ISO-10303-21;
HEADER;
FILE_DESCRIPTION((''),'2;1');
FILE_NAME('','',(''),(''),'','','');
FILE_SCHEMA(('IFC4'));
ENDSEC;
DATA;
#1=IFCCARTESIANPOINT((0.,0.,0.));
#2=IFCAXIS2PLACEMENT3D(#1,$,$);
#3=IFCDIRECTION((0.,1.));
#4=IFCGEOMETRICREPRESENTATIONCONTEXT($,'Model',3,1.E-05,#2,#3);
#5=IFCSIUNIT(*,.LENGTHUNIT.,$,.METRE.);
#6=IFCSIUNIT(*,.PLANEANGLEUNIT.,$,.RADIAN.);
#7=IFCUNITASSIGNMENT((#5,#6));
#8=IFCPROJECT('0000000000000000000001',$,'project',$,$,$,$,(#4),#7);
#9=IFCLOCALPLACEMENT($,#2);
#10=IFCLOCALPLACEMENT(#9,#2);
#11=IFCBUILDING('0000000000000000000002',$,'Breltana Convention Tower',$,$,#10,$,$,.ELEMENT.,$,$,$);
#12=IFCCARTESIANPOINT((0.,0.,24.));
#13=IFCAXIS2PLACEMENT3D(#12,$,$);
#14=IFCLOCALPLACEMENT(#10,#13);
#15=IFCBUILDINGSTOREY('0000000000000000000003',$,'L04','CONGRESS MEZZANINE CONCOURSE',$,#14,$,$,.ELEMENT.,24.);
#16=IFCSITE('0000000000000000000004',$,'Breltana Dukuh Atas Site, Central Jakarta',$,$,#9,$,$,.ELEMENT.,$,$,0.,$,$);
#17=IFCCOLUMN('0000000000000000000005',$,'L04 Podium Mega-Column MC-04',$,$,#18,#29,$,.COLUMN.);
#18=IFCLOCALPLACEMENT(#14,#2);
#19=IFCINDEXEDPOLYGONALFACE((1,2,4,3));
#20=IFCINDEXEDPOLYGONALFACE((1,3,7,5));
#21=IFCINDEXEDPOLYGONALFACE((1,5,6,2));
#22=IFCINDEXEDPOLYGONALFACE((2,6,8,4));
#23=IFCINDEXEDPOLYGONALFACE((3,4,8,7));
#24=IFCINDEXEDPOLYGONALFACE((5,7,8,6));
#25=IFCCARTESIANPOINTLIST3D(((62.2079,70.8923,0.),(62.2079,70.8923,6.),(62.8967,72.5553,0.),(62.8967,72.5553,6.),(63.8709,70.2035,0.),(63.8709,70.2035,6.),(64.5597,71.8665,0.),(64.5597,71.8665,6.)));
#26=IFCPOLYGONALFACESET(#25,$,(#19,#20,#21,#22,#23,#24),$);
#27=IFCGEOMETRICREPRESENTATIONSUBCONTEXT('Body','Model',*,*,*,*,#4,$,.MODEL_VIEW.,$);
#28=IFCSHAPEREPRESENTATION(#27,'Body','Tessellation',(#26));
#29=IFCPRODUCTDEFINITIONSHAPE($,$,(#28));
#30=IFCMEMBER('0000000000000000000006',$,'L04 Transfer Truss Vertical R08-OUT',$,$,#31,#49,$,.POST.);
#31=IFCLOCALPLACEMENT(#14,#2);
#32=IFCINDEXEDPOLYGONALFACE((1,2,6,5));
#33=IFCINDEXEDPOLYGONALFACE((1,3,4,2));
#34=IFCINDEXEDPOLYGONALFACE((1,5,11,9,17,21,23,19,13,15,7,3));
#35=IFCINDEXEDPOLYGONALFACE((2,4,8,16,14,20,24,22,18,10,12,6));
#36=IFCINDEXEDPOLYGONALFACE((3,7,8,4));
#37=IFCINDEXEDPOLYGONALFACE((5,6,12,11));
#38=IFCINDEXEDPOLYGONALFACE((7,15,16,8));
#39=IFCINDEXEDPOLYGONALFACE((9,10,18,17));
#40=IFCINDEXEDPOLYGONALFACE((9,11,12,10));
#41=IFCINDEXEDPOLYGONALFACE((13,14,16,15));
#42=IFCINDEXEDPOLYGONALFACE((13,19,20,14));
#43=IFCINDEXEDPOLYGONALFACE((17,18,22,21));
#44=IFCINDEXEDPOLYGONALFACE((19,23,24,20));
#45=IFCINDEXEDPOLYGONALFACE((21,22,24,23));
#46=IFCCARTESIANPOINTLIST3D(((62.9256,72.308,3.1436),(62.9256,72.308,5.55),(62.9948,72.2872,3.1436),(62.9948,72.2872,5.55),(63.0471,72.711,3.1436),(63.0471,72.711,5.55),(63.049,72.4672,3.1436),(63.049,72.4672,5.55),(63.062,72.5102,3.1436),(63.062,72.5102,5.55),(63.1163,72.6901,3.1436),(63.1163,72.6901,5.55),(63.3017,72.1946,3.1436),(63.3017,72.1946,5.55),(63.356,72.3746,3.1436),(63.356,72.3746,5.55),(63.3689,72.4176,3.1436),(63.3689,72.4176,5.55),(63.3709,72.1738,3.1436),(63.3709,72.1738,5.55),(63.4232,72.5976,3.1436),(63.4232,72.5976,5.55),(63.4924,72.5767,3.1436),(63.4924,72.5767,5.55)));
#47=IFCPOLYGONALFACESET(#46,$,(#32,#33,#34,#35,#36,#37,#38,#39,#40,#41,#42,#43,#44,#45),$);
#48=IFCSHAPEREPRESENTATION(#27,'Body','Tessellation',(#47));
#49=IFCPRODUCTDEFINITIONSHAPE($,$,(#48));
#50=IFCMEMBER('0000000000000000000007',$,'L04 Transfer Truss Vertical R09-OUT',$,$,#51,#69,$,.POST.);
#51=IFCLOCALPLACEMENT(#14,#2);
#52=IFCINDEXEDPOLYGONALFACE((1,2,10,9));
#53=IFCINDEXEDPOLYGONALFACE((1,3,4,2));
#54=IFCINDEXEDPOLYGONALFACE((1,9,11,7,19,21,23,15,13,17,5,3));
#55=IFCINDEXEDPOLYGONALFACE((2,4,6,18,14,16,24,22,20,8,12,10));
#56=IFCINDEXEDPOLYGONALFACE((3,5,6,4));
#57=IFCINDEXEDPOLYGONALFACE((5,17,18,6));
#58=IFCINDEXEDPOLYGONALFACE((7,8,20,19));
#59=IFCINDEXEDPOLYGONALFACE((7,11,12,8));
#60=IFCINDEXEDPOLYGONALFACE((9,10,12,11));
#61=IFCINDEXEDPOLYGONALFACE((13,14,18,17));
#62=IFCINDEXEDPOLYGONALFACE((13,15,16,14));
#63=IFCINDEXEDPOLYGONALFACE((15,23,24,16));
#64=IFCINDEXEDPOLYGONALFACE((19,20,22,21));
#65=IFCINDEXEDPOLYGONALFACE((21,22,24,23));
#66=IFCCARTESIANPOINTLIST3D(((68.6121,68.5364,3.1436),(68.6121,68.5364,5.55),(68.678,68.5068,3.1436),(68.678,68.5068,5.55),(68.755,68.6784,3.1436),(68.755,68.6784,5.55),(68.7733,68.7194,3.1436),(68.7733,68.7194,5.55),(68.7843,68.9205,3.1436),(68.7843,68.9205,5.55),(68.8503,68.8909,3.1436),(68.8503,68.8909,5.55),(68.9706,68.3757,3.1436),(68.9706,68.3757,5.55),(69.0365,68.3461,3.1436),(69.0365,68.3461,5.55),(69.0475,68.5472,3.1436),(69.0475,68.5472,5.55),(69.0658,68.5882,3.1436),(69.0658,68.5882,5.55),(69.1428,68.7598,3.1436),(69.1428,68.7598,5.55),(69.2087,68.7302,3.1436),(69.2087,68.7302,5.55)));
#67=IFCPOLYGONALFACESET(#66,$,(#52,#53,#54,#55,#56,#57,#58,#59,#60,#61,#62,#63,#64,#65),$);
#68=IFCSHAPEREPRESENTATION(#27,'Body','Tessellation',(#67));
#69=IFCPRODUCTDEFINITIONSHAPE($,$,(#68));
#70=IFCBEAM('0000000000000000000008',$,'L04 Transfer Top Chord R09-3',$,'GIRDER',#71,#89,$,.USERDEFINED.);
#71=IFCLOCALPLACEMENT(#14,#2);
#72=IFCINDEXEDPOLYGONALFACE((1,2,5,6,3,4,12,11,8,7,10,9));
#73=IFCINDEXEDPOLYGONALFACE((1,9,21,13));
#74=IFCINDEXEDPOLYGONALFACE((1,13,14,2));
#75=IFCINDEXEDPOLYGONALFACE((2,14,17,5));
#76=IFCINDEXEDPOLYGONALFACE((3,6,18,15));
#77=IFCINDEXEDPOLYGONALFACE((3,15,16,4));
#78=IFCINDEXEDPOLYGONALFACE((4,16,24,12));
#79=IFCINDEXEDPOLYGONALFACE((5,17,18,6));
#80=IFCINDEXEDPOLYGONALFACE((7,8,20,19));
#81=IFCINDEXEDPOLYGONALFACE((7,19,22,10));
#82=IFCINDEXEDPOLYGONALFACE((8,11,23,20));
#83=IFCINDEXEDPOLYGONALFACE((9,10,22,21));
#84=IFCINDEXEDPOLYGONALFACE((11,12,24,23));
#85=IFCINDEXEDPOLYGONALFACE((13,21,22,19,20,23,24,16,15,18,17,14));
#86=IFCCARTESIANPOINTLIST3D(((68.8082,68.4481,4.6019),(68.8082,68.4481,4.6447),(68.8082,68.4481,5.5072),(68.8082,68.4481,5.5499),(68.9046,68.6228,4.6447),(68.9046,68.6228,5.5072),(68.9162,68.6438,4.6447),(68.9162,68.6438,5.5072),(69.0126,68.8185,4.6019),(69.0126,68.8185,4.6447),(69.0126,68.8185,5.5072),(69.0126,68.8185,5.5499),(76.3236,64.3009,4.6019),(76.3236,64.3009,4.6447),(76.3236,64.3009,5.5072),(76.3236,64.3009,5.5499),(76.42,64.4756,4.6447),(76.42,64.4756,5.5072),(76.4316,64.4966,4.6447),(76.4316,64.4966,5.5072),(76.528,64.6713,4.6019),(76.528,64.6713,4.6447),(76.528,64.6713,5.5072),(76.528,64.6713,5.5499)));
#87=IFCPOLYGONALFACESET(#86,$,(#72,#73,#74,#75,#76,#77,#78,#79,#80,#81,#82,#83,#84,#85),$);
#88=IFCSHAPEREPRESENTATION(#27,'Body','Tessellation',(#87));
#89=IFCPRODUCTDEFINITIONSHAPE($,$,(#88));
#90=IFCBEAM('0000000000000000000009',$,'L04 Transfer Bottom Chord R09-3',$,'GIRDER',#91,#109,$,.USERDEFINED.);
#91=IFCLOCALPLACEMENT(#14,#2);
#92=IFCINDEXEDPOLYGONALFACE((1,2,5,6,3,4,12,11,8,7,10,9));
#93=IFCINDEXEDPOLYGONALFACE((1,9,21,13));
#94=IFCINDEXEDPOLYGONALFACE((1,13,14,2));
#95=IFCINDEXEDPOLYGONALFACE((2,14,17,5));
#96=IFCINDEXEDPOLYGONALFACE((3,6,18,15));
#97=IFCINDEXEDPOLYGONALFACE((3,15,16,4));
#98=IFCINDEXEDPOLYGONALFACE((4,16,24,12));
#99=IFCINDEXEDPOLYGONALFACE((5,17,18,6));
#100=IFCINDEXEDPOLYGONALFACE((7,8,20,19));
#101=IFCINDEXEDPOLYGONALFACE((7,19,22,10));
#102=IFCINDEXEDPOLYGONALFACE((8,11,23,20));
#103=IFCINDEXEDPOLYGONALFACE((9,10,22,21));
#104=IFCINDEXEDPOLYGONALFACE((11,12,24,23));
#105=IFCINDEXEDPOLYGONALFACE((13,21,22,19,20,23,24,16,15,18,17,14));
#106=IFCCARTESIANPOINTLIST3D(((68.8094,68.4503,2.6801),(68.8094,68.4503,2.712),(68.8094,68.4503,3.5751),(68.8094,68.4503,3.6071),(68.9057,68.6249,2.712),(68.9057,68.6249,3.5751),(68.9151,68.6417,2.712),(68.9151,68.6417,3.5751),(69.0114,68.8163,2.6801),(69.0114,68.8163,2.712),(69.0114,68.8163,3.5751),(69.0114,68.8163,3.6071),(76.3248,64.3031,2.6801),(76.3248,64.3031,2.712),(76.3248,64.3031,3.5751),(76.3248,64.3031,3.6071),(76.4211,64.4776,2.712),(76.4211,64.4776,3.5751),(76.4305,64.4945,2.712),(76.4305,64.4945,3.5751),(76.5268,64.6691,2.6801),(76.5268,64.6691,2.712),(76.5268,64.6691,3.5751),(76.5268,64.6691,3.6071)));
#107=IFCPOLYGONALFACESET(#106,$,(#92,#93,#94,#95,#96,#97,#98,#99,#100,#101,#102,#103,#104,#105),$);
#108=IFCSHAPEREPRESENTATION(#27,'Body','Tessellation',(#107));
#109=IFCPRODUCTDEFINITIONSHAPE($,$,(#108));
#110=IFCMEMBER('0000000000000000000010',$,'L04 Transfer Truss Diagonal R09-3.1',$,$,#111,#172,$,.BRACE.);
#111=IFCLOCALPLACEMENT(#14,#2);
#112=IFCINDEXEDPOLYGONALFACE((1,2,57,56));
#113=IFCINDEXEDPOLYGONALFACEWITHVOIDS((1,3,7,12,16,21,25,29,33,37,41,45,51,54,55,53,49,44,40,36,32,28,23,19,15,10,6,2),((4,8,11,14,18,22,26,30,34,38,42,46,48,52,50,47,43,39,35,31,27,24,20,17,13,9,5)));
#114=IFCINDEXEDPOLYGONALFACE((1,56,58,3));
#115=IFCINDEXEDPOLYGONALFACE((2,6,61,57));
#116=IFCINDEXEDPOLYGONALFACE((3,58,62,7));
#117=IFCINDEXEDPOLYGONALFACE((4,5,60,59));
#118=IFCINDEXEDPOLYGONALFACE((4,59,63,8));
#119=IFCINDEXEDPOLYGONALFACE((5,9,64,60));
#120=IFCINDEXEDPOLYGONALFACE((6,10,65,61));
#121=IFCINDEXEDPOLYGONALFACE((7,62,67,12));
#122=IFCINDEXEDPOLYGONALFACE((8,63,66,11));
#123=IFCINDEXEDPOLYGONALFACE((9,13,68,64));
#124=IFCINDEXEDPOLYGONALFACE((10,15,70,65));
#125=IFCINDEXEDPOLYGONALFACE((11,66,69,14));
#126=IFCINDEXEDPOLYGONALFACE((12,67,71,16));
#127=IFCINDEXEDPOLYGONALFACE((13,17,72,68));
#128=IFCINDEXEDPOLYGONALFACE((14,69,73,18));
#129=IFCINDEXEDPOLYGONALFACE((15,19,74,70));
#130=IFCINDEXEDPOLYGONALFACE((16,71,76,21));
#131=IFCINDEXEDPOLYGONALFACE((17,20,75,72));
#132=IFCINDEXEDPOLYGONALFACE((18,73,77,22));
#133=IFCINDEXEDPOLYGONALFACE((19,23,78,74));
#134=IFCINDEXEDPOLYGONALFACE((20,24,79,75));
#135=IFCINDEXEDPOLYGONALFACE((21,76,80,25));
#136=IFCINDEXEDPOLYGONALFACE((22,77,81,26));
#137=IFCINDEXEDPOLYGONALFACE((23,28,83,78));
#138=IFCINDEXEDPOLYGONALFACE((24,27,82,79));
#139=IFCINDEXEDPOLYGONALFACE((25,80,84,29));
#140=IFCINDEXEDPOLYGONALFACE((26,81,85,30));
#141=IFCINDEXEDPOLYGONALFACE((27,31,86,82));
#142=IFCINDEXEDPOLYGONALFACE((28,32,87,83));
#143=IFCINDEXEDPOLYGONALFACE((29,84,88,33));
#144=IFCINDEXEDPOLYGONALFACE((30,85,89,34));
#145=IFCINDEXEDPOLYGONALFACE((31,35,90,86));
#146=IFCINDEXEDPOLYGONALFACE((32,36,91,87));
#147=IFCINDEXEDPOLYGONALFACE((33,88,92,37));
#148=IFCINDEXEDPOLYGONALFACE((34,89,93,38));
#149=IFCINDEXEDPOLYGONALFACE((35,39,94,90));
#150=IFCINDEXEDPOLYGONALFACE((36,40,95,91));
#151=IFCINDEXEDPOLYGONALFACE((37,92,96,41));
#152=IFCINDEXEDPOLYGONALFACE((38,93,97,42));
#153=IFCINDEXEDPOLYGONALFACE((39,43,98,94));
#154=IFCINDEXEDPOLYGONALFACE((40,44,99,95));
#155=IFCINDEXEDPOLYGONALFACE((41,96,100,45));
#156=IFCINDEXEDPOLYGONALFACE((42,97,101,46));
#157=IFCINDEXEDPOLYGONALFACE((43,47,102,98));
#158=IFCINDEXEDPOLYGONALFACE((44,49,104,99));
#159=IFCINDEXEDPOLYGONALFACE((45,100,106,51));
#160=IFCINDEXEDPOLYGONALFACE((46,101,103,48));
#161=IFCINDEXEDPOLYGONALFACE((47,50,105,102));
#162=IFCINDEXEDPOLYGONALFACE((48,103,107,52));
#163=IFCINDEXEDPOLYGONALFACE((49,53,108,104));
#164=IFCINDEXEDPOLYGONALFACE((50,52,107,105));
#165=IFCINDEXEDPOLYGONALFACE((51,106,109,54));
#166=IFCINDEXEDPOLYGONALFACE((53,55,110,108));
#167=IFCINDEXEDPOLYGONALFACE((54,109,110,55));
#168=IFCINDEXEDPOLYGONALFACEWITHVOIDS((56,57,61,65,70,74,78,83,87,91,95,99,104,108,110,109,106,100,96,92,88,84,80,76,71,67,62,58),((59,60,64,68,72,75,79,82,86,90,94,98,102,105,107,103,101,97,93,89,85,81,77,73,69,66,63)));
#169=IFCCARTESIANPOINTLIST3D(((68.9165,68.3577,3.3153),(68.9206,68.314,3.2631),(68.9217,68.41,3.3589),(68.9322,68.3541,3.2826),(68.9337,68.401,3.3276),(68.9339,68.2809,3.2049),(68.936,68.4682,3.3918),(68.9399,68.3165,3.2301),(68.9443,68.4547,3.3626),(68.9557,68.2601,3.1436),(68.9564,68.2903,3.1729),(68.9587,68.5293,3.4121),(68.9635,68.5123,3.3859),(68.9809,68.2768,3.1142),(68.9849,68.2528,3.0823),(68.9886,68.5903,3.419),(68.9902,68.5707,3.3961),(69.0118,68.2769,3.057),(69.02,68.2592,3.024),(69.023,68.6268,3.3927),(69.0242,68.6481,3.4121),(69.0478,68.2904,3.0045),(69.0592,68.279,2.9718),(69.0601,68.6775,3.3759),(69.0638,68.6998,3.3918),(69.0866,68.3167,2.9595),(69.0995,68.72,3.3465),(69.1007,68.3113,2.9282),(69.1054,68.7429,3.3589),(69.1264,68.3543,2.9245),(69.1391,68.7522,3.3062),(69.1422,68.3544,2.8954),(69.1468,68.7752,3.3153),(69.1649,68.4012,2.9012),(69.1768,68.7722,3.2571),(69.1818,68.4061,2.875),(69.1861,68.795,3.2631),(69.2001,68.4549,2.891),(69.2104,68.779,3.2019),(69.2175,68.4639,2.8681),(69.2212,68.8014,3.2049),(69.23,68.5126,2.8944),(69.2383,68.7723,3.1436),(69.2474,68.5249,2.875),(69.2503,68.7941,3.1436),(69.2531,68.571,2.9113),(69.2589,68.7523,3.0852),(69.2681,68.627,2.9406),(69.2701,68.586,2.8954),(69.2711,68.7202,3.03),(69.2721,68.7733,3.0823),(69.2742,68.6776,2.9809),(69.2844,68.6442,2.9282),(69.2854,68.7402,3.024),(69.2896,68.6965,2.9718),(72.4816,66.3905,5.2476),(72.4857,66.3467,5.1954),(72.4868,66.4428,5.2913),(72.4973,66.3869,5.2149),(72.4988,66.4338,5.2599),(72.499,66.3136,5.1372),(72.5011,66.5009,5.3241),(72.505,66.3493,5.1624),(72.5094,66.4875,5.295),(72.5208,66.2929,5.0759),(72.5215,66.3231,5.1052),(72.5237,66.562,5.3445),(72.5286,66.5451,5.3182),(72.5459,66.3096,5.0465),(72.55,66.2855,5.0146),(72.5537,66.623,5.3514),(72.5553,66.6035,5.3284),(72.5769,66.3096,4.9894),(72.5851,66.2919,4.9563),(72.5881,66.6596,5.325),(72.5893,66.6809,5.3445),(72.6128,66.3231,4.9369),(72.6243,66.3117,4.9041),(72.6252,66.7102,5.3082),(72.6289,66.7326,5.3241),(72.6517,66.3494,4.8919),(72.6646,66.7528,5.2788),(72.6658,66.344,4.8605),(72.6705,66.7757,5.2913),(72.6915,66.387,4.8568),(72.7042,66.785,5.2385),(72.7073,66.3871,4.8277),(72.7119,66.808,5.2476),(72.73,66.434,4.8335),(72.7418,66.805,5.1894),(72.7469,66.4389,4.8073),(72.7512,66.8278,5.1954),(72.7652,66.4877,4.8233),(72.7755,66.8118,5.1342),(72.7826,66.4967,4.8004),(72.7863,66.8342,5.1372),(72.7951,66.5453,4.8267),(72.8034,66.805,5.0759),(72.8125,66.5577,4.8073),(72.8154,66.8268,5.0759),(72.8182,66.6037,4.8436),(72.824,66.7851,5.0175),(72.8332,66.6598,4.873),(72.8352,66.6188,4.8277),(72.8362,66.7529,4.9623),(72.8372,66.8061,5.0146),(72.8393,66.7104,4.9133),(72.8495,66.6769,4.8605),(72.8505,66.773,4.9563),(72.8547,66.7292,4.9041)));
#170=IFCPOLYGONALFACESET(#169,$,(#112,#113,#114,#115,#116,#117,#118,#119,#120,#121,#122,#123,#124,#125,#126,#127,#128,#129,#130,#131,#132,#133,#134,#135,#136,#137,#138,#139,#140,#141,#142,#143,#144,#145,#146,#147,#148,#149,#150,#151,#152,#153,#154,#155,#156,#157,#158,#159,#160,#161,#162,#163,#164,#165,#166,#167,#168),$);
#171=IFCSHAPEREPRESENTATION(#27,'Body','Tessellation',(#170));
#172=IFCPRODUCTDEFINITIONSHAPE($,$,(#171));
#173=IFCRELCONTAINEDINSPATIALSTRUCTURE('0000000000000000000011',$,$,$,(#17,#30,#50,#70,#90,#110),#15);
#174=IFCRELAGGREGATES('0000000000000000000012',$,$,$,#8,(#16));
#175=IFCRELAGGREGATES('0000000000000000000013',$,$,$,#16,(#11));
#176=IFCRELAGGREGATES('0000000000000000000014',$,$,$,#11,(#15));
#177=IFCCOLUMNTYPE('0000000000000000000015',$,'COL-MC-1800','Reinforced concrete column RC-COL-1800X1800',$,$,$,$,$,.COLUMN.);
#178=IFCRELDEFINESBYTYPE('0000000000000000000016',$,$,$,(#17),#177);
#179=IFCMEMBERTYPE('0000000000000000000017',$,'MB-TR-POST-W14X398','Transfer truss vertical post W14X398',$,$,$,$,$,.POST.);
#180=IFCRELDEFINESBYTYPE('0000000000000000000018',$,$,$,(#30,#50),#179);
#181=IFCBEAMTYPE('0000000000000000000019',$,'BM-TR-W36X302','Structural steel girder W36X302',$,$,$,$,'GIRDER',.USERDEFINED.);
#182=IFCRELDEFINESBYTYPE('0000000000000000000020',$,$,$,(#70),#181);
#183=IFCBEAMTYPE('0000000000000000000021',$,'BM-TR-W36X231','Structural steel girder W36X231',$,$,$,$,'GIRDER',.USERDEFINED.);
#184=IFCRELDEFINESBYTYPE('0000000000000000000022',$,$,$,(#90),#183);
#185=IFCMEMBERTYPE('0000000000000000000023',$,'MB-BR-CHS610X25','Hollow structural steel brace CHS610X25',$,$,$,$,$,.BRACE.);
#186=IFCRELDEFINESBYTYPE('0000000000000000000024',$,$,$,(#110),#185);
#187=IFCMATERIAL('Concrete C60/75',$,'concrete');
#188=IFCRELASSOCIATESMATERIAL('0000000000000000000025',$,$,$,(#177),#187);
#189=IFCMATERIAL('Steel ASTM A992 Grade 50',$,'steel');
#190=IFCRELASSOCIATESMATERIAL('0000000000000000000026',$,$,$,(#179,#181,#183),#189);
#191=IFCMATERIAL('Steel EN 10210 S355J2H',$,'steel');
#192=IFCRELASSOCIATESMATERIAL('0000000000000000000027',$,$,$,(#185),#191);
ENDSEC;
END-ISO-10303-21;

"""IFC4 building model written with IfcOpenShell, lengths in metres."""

from ifc_helpers import new_model, si_unit, direction, frame, origin, origin_2d, place, context, subcontext, project, spatial, rectangle, hollow_circle, i_section, extrude, source, transform, mapped, material, material_profile, profile_set, type_object, type_shapes, element, save


model = new_model("IFC4")

# Units and contexts
model_context = context("Model", 3, precision=1e-05, world=origin(), true_north=direction((0.0, 1.0)))
body_context = subcontext(model_context, "Body", "Model", "MODEL_VIEW")
ifc_project = project(units=[si_unit("LENGTHUNIT", "METRE"), si_unit("PLANEANGLEUNIT", "RADIAN")], contexts=[model_context])

# Site, building, storey
site_placement = place(None, origin())
site = spatial("IfcSite", under=ifc_project, at=site_placement, Name="Breltana Dukuh Atas Site, Central Jakarta", CompositionType="ELEMENT", RefElevation=0.0)
building_placement = place(site_placement, origin())
building = spatial("IfcBuilding", under=site, at=building_placement, Name="Breltana Convention Tower", CompositionType="ELEMENT")
storey_placement = place(building_placement, frame((0.0, 0.0, 24.0)))
storey = spatial("IfcBuildingStorey", under=building, at=storey_placement, Name="L04", Description="CONGRESS MEZZANINE CONCOURSE", CompositionType="ELEMENT", Elevation=24.0)

# Column
ifc_material_1 = material(Name="Concrete C60/75", Category="concrete")
ifc_material_profile_1 = material_profile(ifc_material_1, rectangle(XDim=1.8, YDim=1.8, at=origin_2d()), Name="RC-COL-1800X1800")
ifc_profile_set_1 = profile_set([ifc_material_profile_1], Name="Concrete C60/75")
column_type = type_object("IfcColumnType", Name="COL-MC-1800", Description="Reinforced concrete column RC-COL-1800X1800", PredefinedType="COLUMN", material=ifc_profile_set_1)
shared_shape_1 = source(origin(), body_context, "Body", "SweptSolid", [
    extrude(rectangle(XDim=1.8, YDim=1.8, at=origin_2d()), origin(), (0.0, 0.0, 1.0), 6.0),
])
type_shapes(column_type, [shared_shape_1])
column_placement = place(storey_placement, frame((63.3838, 71.3794, 0.0), z_axis=(0.0, 0.0, 1.0), x_axis=(0.382683, 0.92388, 0.0)))
element("IfcColumn", 1, at=column_placement, inside=storey, type_object=column_type, Name="L04 Podium Mega-Column MC-04", PredefinedType="COLUMN", context=body_context, shape_type="MappedRepresentation", body=[
    mapped(shared_shape_1, transform((0.0, 0.0, 0.0), scale=1.0)),
])

# Members
ifc_material_2 = material(Name="Steel ASTM A992 Grade 50", Category="steel")
ifc_material_profile_2 = material_profile(ifc_material_2, i_section(OverallWidth=0.4209, OverallDepth=0.4651, WebThickness=0.0449, FlangeThickness=0.0723, at=origin_2d()), Name="W14X398")
ifc_profile_set_2 = profile_set([ifc_material_profile_2], Name="Steel ASTM A992 Grade 50")
member_type_1 = type_object("IfcMemberType", Name="MB-TR-POST-W14X398", Description="Transfer truss vertical post W14X398", PredefinedType="POST", material=ifc_profile_set_2)
shared_shape_2 = source(origin(), body_context, "Body", "SweptSolid", [
    extrude(i_section(OverallWidth=0.4209, OverallDepth=0.4651, WebThickness=0.0449, FlangeThickness=0.0723, at=origin_2d()), origin(), (0.0, 0.0, 1.0), 2.4065),
])
type_shapes(member_type_1, [shared_shape_2])
for number, where, z_axis, x_axis, name in (
    (2, (63.209, 72.4424, 3.1436), (0.0, 0.0, 1.0), (0.288698, 0.95742, 0.0), "L04 Transfer Truss Vertical R08-OUT"),
    (3, (68.9104, 68.6333, 3.1436), (0.0, 0.0, 1.0), (0.409127, 0.912477, 0.0), "L04 Transfer Truss Vertical R09-OUT"),
):
    element("IfcMember", number, at=place(storey_placement, frame(where, z_axis=z_axis, x_axis=x_axis)), inside=storey, type_object=member_type_1, Name=name, PredefinedType="POST", context=body_context, shape_type="MappedRepresentation", body=[
        mapped(shared_shape_2, transform((0.0, 0.0, 0.0), scale=1.0)),
    ])

# Beams
ifc_material_profile_3 = material_profile(ifc_material_2, i_section(OverallWidth=0.4231, OverallDepth=0.948, WebThickness=0.0239, FlangeThickness=0.0427, at=origin_2d()), Name="W36X302")
ifc_profile_set_3 = profile_set([ifc_material_profile_3], Name="Steel ASTM A992 Grade 50")
beam_type_1 = type_object("IfcBeamType", Name="BM-TR-W36X302", Description="Structural steel girder W36X302", ElementType="GIRDER", PredefinedType="USERDEFINED", material=ifc_profile_set_3)
shared_shape_3 = source(origin(), body_context, "Body", "SweptSolid", [
    extrude(i_section(OverallWidth=0.4231, OverallDepth=0.948, WebThickness=0.0239, FlangeThickness=0.0427, at=origin_2d()), origin(), (0.0, 0.0, 1.0), 8.5837),
])
beam_1_placement = place(storey_placement, frame((68.9104, 68.6333, 5.0759), z_axis=(0.875538, -0.483149, 0.0), x_axis=(0.483149, 0.875538, 0.0)))
element("IfcBeam", 4, at=beam_1_placement, inside=storey, type_object=beam_type_1, Name="L04 Transfer Top Chord R09-3", ObjectType="GIRDER", PredefinedType="USERDEFINED", context=body_context, shape_type="MappedRepresentation", body=[
    mapped(shared_shape_3, transform((0.0, 0.0, 0.0), scale=1.0)),
])
ifc_material_profile_4 = material_profile(ifc_material_2, i_section(OverallWidth=0.418, OverallDepth=0.927, WebThickness=0.0193, FlangeThickness=0.032, at=origin_2d()), Name="W36X231")
ifc_profile_set_4 = profile_set([ifc_material_profile_4], Name="Steel ASTM A992 Grade 50")
beam_type_2 = type_object("IfcBeamType", Name="BM-TR-W36X231", Description="Structural steel girder W36X231", ElementType="GIRDER", PredefinedType="USERDEFINED", material=ifc_profile_set_4)
shared_shape_4 = source(origin(), body_context, "Body", "SweptSolid", [
    extrude(i_section(OverallWidth=0.418, OverallDepth=0.927, WebThickness=0.0193, FlangeThickness=0.032, at=origin_2d()), origin(), (0.0, 0.0, 1.0), 8.5837),
])
beam_2_placement = place(storey_placement, frame((68.9104, 68.6333, 3.1436), z_axis=(0.875538, -0.483149, 0.0), x_axis=(0.483149, 0.875538, 0.0)))
element("IfcBeam", 5, at=beam_2_placement, inside=storey, type_object=beam_type_2, Name="L04 Transfer Bottom Chord R09-3", ObjectType="GIRDER", PredefinedType="USERDEFINED", context=body_context, shape_type="MappedRepresentation", body=[
    mapped(shared_shape_4, transform((0.0, 0.0, 0.0), scale=1.0)),
])

# Member
ifc_material_3 = material(Name="Steel EN 10210 S355J2H", Category="steel")
ifc_material_profile_5 = material_profile(ifc_material_3, hollow_circle(Radius=0.3049, WallThickness=0.0249, at=origin_2d()), Name="CHS610X25")
ifc_profile_set_5 = profile_set([ifc_material_profile_5], Name="Steel EN 10210 S355J2H")
member_type_2 = type_object("IfcMemberType", Name="MB-BR-CHS610X25", Description="Hollow structural steel brace CHS610X25", PredefinedType="BRACE", material=ifc_profile_set_5)
shared_shape_5 = source(origin(), body_context, "Body", "SweptSolid", [
    extrude(hollow_circle(Radius=0.3049, WallThickness=0.0249, at=origin_2d()), origin(), (0.0, 0.0, 1.0), 4.5071),
])
member_1_placement = place(storey_placement, frame((69.103, 68.5271, 3.1436), z_axis=(0.790998, -0.436476, 0.428731), x_axis=(0.483131, 0.875548, 0.0)))
element("IfcMember", 6, at=member_1_placement, inside=storey, type_object=member_type_2, Name="L04 Transfer Truss Diagonal R09-3.1", PredefinedType="BRACE", context=body_context, shape_type="MappedRepresentation", body=[
    mapped(shared_shape_5, transform((0.0, 0.0, 0.0), scale=1.0)),
])

save(model, "model.ifc")
